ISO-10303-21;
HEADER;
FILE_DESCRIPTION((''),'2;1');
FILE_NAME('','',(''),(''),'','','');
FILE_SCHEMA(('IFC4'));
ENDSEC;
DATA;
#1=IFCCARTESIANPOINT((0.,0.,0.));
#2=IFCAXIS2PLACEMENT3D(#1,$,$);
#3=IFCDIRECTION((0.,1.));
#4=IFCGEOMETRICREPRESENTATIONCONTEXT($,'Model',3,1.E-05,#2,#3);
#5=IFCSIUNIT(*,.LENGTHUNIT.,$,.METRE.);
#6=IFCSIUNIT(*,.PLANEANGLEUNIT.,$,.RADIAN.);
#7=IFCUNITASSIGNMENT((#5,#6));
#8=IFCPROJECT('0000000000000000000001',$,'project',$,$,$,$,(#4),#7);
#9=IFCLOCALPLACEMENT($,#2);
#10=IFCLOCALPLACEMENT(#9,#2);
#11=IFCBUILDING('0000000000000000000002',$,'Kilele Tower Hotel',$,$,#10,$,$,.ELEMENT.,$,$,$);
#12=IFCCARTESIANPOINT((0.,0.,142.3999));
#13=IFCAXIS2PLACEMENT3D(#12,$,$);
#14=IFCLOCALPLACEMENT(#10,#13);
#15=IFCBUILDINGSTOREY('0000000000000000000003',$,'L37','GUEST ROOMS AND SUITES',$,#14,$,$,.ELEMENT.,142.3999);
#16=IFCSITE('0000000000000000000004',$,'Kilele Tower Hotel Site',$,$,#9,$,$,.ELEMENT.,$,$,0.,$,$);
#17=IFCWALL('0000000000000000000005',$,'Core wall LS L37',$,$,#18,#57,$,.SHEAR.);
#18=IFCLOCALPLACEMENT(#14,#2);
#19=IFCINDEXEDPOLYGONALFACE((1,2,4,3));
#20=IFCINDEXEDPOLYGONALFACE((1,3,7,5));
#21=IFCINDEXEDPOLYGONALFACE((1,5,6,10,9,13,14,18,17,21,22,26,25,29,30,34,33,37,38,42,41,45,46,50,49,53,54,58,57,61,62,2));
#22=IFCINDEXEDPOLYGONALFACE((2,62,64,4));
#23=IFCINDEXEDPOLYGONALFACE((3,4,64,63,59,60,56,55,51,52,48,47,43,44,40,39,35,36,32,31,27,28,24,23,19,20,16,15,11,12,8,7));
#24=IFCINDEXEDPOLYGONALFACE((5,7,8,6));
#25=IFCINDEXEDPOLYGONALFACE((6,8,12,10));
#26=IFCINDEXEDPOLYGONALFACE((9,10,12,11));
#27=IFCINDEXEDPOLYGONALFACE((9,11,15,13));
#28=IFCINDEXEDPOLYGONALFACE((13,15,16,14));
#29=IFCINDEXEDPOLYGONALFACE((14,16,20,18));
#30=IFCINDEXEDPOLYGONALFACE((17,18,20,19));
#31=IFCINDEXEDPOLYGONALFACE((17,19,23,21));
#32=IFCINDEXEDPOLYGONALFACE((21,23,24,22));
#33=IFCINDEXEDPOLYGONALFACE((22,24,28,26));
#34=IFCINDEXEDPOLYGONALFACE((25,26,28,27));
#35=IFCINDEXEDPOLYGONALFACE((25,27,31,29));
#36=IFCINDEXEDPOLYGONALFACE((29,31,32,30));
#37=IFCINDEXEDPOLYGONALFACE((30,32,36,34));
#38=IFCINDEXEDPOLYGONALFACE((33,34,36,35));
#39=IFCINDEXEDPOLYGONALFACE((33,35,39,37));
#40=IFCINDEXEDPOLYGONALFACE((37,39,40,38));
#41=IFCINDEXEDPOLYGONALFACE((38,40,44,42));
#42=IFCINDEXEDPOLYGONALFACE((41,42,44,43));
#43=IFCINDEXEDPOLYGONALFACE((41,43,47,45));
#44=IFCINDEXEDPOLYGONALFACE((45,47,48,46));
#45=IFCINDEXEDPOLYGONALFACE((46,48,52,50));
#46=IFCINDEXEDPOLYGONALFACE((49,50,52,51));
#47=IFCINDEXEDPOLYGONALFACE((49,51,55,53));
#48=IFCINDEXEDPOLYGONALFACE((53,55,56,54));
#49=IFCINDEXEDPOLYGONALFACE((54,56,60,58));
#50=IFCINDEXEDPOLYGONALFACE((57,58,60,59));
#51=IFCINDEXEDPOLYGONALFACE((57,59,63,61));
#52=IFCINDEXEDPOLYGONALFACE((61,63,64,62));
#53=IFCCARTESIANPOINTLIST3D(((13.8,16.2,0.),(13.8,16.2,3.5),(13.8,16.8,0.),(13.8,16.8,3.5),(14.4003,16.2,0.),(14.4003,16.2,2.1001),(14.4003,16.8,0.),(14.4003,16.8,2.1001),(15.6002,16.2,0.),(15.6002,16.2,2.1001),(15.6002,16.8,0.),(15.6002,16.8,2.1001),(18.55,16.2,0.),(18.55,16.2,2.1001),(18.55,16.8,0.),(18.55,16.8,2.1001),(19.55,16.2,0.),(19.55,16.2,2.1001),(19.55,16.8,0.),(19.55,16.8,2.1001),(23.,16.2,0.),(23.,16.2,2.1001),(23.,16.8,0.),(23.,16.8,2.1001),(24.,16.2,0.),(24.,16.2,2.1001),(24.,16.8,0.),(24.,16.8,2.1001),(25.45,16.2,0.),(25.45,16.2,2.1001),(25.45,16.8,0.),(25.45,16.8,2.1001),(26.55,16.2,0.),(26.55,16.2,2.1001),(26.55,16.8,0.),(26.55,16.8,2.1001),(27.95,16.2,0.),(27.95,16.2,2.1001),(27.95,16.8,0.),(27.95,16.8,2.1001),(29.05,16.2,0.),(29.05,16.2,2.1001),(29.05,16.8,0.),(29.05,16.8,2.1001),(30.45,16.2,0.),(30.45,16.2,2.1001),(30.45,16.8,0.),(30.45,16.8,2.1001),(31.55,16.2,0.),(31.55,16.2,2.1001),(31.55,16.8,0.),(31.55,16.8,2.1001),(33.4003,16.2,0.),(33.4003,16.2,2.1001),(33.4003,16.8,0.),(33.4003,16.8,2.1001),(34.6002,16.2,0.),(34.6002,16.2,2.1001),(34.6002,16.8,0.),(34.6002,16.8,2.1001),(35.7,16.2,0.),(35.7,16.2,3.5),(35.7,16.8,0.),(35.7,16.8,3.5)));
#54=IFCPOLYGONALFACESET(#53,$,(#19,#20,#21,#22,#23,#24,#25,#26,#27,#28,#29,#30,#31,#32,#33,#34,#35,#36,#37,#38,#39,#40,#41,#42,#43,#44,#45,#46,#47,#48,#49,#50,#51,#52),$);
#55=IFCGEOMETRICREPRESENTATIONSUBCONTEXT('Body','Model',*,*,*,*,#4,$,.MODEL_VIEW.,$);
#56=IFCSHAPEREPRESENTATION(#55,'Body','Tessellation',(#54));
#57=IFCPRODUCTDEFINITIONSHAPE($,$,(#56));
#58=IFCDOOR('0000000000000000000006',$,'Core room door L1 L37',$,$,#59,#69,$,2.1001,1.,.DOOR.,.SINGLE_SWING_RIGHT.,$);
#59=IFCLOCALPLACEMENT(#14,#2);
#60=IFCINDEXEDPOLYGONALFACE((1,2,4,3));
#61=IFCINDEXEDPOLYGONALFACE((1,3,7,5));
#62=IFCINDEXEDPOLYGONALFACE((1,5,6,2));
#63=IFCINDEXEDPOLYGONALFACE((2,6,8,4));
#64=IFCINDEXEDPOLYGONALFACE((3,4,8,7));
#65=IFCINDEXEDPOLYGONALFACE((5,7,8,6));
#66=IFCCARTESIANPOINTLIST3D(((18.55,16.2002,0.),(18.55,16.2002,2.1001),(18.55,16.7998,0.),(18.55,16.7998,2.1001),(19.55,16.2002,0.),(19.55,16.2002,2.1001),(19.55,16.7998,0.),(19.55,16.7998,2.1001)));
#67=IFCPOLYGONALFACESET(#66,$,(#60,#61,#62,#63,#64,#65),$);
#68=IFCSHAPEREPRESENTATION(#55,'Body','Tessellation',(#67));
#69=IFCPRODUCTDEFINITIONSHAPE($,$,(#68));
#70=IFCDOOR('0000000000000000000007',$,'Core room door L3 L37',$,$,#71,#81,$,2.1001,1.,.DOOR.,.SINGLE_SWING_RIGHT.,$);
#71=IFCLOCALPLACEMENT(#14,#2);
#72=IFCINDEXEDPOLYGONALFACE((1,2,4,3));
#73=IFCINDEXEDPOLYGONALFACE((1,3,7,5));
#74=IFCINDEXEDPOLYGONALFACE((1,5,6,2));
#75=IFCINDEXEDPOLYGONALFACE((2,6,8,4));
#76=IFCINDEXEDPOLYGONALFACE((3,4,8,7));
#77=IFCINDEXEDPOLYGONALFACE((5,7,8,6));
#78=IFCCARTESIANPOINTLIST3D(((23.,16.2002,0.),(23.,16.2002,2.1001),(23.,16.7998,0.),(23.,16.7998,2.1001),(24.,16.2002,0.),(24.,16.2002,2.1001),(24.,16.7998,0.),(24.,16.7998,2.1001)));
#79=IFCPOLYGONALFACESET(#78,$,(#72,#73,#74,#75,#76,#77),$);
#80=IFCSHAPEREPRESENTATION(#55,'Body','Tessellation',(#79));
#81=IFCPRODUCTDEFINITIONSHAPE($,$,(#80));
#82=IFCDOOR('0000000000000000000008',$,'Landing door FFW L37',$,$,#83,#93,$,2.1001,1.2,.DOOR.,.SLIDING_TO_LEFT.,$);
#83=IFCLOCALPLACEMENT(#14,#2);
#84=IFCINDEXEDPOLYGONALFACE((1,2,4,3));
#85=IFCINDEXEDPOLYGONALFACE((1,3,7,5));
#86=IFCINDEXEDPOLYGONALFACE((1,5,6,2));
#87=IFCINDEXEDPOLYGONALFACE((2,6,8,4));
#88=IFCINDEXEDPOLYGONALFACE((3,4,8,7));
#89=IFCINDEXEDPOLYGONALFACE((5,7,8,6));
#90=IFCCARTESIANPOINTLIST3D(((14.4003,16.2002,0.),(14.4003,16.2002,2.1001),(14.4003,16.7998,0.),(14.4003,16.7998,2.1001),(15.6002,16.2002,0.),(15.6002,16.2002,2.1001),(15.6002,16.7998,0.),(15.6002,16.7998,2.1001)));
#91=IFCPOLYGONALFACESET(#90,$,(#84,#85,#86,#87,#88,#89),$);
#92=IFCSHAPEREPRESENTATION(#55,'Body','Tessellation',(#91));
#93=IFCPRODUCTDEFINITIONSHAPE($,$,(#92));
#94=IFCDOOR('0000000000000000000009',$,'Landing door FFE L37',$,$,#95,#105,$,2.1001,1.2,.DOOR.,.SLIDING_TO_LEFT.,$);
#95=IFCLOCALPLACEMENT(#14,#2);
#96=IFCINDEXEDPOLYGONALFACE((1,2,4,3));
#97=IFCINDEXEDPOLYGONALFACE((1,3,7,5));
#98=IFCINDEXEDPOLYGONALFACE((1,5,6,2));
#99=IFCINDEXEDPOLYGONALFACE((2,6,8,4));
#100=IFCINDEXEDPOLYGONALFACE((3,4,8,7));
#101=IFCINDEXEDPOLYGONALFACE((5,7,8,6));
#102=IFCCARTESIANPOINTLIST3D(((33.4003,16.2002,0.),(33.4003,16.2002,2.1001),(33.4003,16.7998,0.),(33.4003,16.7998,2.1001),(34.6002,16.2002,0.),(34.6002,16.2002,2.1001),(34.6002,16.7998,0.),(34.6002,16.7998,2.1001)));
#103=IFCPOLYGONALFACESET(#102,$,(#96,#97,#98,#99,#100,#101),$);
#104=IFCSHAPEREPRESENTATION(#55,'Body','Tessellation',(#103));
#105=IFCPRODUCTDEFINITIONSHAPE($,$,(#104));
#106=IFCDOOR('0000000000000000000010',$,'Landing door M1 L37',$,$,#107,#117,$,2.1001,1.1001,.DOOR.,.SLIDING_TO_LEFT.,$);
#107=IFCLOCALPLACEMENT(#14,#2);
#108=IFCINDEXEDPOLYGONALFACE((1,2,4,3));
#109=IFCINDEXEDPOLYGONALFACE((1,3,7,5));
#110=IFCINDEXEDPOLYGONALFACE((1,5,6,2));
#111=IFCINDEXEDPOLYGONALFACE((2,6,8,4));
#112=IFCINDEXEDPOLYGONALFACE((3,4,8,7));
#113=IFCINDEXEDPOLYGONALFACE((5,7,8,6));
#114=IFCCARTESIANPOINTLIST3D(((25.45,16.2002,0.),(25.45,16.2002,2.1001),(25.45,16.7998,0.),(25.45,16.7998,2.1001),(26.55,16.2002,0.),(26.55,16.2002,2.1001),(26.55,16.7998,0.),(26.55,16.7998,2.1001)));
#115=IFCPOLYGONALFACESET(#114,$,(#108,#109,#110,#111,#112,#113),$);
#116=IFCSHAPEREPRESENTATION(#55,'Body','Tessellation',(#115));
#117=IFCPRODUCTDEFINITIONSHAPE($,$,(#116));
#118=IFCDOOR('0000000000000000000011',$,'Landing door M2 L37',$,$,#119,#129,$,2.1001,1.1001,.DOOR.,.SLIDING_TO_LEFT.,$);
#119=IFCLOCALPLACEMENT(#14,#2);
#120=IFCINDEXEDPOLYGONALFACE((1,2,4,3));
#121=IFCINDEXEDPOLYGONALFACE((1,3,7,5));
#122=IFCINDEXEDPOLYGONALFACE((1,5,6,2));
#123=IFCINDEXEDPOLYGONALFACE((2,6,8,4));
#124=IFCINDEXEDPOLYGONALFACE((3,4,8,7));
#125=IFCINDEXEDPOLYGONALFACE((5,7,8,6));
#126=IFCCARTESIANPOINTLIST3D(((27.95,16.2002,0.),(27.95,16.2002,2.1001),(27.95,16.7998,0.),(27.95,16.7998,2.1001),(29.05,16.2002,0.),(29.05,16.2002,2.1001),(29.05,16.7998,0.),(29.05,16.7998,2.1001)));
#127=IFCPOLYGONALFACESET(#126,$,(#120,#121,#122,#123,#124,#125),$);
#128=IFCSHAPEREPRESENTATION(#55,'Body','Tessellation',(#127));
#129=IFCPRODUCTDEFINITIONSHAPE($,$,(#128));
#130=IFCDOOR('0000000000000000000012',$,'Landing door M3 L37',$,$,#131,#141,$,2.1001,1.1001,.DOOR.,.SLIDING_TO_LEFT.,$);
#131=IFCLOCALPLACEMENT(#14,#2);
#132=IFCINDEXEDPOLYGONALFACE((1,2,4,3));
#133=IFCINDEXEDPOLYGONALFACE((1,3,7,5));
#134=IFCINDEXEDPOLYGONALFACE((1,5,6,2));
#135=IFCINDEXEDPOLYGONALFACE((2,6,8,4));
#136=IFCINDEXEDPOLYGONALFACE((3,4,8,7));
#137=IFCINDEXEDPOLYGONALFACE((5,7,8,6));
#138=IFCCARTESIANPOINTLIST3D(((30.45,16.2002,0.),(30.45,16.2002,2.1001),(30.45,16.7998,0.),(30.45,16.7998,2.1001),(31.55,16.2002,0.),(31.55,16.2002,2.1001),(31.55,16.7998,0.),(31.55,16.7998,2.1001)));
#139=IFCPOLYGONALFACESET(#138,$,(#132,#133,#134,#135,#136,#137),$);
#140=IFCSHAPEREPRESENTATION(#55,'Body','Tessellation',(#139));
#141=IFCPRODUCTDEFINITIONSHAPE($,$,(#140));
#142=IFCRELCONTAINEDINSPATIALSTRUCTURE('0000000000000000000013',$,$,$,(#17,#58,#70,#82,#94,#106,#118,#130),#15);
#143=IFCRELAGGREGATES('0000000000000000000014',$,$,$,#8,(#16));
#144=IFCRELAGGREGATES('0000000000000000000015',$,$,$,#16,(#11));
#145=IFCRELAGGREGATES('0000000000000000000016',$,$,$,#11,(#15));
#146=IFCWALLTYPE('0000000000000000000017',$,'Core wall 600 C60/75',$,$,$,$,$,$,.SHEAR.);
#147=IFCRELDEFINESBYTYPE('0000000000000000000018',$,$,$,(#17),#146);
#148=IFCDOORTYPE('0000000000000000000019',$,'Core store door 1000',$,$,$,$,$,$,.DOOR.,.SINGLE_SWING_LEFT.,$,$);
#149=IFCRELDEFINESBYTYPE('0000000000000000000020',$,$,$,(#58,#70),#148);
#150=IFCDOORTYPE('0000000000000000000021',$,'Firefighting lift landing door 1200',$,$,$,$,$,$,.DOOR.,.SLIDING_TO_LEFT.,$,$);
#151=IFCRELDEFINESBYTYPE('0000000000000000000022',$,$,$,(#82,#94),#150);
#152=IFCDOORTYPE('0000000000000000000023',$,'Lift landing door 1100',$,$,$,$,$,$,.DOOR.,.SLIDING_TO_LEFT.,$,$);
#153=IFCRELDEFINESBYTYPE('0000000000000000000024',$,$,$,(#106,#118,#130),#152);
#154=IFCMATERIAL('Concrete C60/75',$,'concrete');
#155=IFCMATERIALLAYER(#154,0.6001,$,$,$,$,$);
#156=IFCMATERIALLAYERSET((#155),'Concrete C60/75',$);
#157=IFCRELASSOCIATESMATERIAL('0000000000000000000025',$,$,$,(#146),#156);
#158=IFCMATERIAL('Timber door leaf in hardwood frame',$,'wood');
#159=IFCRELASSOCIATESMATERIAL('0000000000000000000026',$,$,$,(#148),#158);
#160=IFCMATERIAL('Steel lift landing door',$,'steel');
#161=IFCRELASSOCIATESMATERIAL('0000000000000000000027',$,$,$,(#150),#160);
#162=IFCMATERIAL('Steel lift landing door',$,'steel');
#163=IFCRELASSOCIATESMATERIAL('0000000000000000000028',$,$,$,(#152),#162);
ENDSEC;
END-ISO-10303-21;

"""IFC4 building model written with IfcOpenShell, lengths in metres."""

from ifc_helpers import new_model, si_unit, direction, frame, frame_2d, origin, place, context, subcontext, project, spatial, rectangle, extrude, material, layer, layer_set, type_object, element, fill, save


model = new_model("IFC4")

# Units and contexts
model_context = context("Model", 3, precision=1e-05, world=origin(), true_north=direction((0.0, 1.0)))
body_context = subcontext(model_context, "Body", "Model", "MODEL_VIEW")
ifc_project = project(units=[si_unit("LENGTHUNIT", "METRE"), si_unit("PLANEANGLEUNIT", "RADIAN")], contexts=[model_context])

# Site, building, storey
site_placement = place(None, origin())
site = spatial("IfcSite", under=ifc_project, at=site_placement, Name="Kilele Tower Hotel Site", CompositionType="ELEMENT", RefElevation=0.0)
building_placement = place(site_placement, origin())
building = spatial("IfcBuilding", under=site, at=building_placement, Name="Kilele Tower Hotel", CompositionType="ELEMENT")
storey_placement = place(building_placement, frame((0.0, 0.0, 142.3999)))
storey = spatial("IfcBuildingStorey", under=building, at=storey_placement, Name="L37", Description="GUEST ROOMS AND SUITES", CompositionType="ELEMENT", Elevation=142.3999)

# Shared definitions
ifc_material_1 = material(Name="Concrete C60/75", Category="concrete")
ifc_layer_1 = layer(ifc_material_1, 0.6001)
ifc_layer_set_1 = layer_set([ifc_layer_1], Name="Concrete C60/75")
wall_type_1 = type_object("IfcWallType", Name="Core wall 600 C60/75", PredefinedType="SHEAR", material=ifc_layer_set_1)

# Wall, openings, doors
wall_1_placement = place(storey_placement, frame((13.8, 16.5, 0.0), z_axis=(0.0, 0.0, 1.0), x_axis=(1.0, 0.0, 0.0)))
wall_1 = element("IfcWall", 1, at=wall_1_placement, inside=storey, type_object=wall_type_1, Name="Core wall LS L37", PredefinedType="SHEAR", context=body_context, shape_type="SweptSolid", body=[
    extrude(rectangle(XDim=21.8999, YDim=0.6001, at=frame_2d((10.95, 0.0))), origin(), (0.0, 0.0, 1.0), 3.5),
])
opening_1_placement = place(wall_1_placement, frame((11.6499, 0.0, 0.0)))
opening_1 = element("IfcOpeningElement", 2, at=opening_1_placement, cuts=wall_1, PredefinedType="OPENING", context=body_context, shape_type="SweptSolid", body=[
    extrude(rectangle(XDim=1.1001, YDim=2.1001, at=frame_2d((0.55, 1.05))), frame((0.0, 0.3101, 0.0), z_axis=(0.0, -1.0, 0.0), x_axis=(1.0, 0.0, 0.0)), (0.0, 0.0, 1.0), 0.6201),
])
opening_2_placement = place(wall_1_placement, frame((14.1499, 0.0, 0.0)))
opening_2 = element("IfcOpeningElement", 3, at=opening_2_placement, cuts=wall_1, PredefinedType="OPENING", context=body_context, shape_type="SweptSolid", body=[
    extrude(rectangle(XDim=1.1001, YDim=2.1001, at=frame_2d((0.55, 1.05))), frame((0.0, 0.3101, 0.0), z_axis=(0.0, -1.0, 0.0), x_axis=(1.0, 0.0, 0.0)), (0.0, 0.0, 1.0), 0.6201),
])
opening_3_placement = place(wall_1_placement, frame((16.6499, 0.0, 0.0)))
opening_3 = element("IfcOpeningElement", 4, at=opening_3_placement, cuts=wall_1, PredefinedType="OPENING", context=body_context, shape_type="SweptSolid", body=[
    extrude(rectangle(XDim=1.1001, YDim=2.1001, at=frame_2d((0.55, 1.05))), frame((0.0, 0.3101, 0.0), z_axis=(0.0, -1.0, 0.0), x_axis=(1.0, 0.0, 0.0)), (0.0, 0.0, 1.0), 0.6201),
])
opening_4_placement = place(wall_1_placement, frame((5.75, 0.0, 0.0), z_axis=(0.0, 0.0, 1.0), x_axis=(-1.0, 0.0, 0.0)))
opening_4 = element("IfcOpeningElement", 5, at=opening_4_placement, cuts=wall_1, PredefinedType="OPENING", context=body_context, shape_type="SweptSolid", body=[
    extrude(rectangle(XDim=1.0, YDim=2.1001, at=frame_2d((0.5, 1.05))), frame((0.0, 0.3101, 0.0), z_axis=(0.0, -1.0, 0.0), x_axis=(1.0, 0.0, 0.0)), (0.0, 0.0, 1.0), 0.6201),
])
opening_5_placement = place(wall_1_placement, frame((10.2, 0.0, 0.0), z_axis=(0.0, 0.0, 1.0), x_axis=(-1.0, 0.0, 0.0)))
opening_5 = element("IfcOpeningElement", 6, at=opening_5_placement, cuts=wall_1, PredefinedType="OPENING", context=body_context, shape_type="SweptSolid", body=[
    extrude(rectangle(XDim=1.0, YDim=2.1001, at=frame_2d((0.5, 1.05))), frame((0.0, 0.3101, 0.0), z_axis=(0.0, -1.0, 0.0), x_axis=(1.0, 0.0, 0.0)), (0.0, 0.0, 1.0), 0.6201),
])
opening_6_placement = place(wall_1_placement, frame((0.6001, 0.0, 0.0)))
opening_6 = element("IfcOpeningElement", 7, at=opening_6_placement, cuts=wall_1, PredefinedType="OPENING", context=body_context, shape_type="SweptSolid", body=[
    extrude(rectangle(XDim=1.2, YDim=2.1001, at=frame_2d((0.6001, 1.05))), frame((0.0, 0.3101, 0.0), z_axis=(0.0, -1.0, 0.0), x_axis=(1.0, 0.0, 0.0)), (0.0, 0.0, 1.0), 0.6201),
])
opening_7_placement = place(wall_1_placement, frame((19.6001, 0.0, 0.0)))
opening_7 = element("IfcOpeningElement", 8, at=opening_7_placement, cuts=wall_1, PredefinedType="OPENING", context=body_context, shape_type="SweptSolid", body=[
    extrude(rectangle(XDim=1.2, YDim=2.1001, at=frame_2d((0.6001, 1.05))), frame((0.0, 0.3101, 0.0), z_axis=(0.0, -1.0, 0.0), x_axis=(1.0, 0.0, 0.0)), (0.0, 0.0, 1.0), 0.6201),
])
ifc_material_2 = material(Name="Timber door leaf in hardwood frame", Category="wood")
door_type_1 = type_object("IfcDoorType", Name="Core store door 1000", OperationType="SINGLE_SWING_LEFT", PredefinedType="DOOR", material=ifc_material_2)
door_1_placement = place(opening_4_placement, origin())
door_1 = element("IfcDoor", 9, at=door_1_placement, inside=storey, type_object=door_type_1, Name="Core room door L1 L37", OperationType="SINGLE_SWING_RIGHT", OverallHeight=2.1001, OverallWidth=1.0, PredefinedType="DOOR", context=body_context, shape_type="SweptSolid", body=[
    extrude(rectangle(XDim=1.0, YDim=2.1001, at=frame_2d((0.5, 1.05))), frame((0.0, 0.2998, 0.0), z_axis=(0.0, -1.0, 0.0), x_axis=(1.0, 0.0, 0.0)), (0.0, 0.0, 1.0), 0.5996),
])
fill(opening_4, door_1)
door_2_placement = place(opening_5_placement, origin())
door_2 = element("IfcDoor", 10, at=door_2_placement, inside=storey, type_object=door_type_1, Name="Core room door L3 L37", OperationType="SINGLE_SWING_RIGHT", OverallHeight=2.1001, OverallWidth=1.0, PredefinedType="DOOR", context=body_context, shape_type="SweptSolid", body=[
    extrude(rectangle(XDim=1.0, YDim=2.1001, at=frame_2d((0.5, 1.05))), frame((0.0, 0.2998, 0.0), z_axis=(0.0, -1.0, 0.0), x_axis=(1.0, 0.0, 0.0)), (0.0, 0.0, 1.0), 0.5996),
])
fill(opening_5, door_2)
ifc_material_3 = material(Name="Steel lift landing door", Category="steel")
door_type_2 = type_object("IfcDoorType", Name="Firefighting lift landing door 1200", OperationType="SLIDING_TO_LEFT", PredefinedType="DOOR", material=ifc_material_3)
door_3_placement = place(opening_6_placement, origin())
door_3 = element("IfcDoor", 11, at=door_3_placement, inside=storey, type_object=door_type_2, Name="Landing door FFW L37", OperationType="SLIDING_TO_LEFT", OverallHeight=2.1001, OverallWidth=1.2, PredefinedType="DOOR", context=body_context, shape_type="SweptSolid", body=[
    extrude(rectangle(XDim=1.2, YDim=2.1001, at=frame_2d((0.6001, 1.05))), frame((0.0, 0.2998, 0.0), z_axis=(0.0, -1.0, 0.0), x_axis=(1.0, 0.0, 0.0)), (0.0, 0.0, 1.0), 0.5996),
])
fill(opening_6, door_3)
door_4_placement = place(opening_7_placement, origin())
door_4 = element("IfcDoor", 12, at=door_4_placement, inside=storey, type_object=door_type_2, Name="Landing door FFE L37", OperationType="SLIDING_TO_LEFT", OverallHeight=2.1001, OverallWidth=1.2, PredefinedType="DOOR", context=body_context, shape_type="SweptSolid", body=[
    extrude(rectangle(XDim=1.2, YDim=2.1001, at=frame_2d((0.6001, 1.05))), frame((0.0, 0.2998, 0.0), z_axis=(0.0, -1.0, 0.0), x_axis=(1.0, 0.0, 0.0)), (0.0, 0.0, 1.0), 0.5996),
])
fill(opening_7, door_4)
ifc_material_4 = material(Name="Steel lift landing door", Category="steel")
door_type_3 = type_object("IfcDoorType", Name="Lift landing door 1100", OperationType="SLIDING_TO_LEFT", PredefinedType="DOOR", material=ifc_material_4)
door_5_placement = place(opening_1_placement, origin())
door_5 = element("IfcDoor", 13, at=door_5_placement, inside=storey, type_object=door_type_3, Name="Landing door M1 L37", OperationType="SLIDING_TO_LEFT", OverallHeight=2.1001, OverallWidth=1.1001, PredefinedType="DOOR", context=body_context, shape_type="SweptSolid", body=[
    extrude(rectangle(XDim=1.1001, YDim=2.1001, at=frame_2d((0.55, 1.05))), frame((0.0, 0.2998, 0.0), z_axis=(0.0, -1.0, 0.0), x_axis=(1.0, 0.0, 0.0)), (0.0, 0.0, 1.0), 0.5996),
])
fill(opening_1, door_5)
door_6_placement = place(opening_2_placement, origin())
door_6 = element("IfcDoor", 14, at=door_6_placement, inside=storey, type_object=door_type_3, Name="Landing door M2 L37", OperationType="SLIDING_TO_LEFT", OverallHeight=2.1001, OverallWidth=1.1001, PredefinedType="DOOR", context=body_context, shape_type="SweptSolid", body=[
    extrude(rectangle(XDim=1.1001, YDim=2.1001, at=frame_2d((0.55, 1.05))), frame((0.0, 0.2998, 0.0), z_axis=(0.0, -1.0, 0.0), x_axis=(1.0, 0.0, 0.0)), (0.0, 0.0, 1.0), 0.5996),
])
fill(opening_2, door_6)
door_7_placement = place(opening_3_placement, origin())
door_7 = element("IfcDoor", 15, at=door_7_placement, inside=storey, type_object=door_type_3, Name="Landing door M3 L37", OperationType="SLIDING_TO_LEFT", OverallHeight=2.1001, OverallWidth=1.1001, PredefinedType="DOOR", context=body_context, shape_type="SweptSolid", body=[
    extrude(rectangle(XDim=1.1001, YDim=2.1001, at=frame_2d((0.55, 1.05))), frame((0.0, 0.2998, 0.0), z_axis=(0.0, -1.0, 0.0), x_axis=(1.0, 0.0, 0.0)), (0.0, 0.0, 1.0), 0.5996),
])
fill(opening_3, door_7)

save(model, "model.ifc")
